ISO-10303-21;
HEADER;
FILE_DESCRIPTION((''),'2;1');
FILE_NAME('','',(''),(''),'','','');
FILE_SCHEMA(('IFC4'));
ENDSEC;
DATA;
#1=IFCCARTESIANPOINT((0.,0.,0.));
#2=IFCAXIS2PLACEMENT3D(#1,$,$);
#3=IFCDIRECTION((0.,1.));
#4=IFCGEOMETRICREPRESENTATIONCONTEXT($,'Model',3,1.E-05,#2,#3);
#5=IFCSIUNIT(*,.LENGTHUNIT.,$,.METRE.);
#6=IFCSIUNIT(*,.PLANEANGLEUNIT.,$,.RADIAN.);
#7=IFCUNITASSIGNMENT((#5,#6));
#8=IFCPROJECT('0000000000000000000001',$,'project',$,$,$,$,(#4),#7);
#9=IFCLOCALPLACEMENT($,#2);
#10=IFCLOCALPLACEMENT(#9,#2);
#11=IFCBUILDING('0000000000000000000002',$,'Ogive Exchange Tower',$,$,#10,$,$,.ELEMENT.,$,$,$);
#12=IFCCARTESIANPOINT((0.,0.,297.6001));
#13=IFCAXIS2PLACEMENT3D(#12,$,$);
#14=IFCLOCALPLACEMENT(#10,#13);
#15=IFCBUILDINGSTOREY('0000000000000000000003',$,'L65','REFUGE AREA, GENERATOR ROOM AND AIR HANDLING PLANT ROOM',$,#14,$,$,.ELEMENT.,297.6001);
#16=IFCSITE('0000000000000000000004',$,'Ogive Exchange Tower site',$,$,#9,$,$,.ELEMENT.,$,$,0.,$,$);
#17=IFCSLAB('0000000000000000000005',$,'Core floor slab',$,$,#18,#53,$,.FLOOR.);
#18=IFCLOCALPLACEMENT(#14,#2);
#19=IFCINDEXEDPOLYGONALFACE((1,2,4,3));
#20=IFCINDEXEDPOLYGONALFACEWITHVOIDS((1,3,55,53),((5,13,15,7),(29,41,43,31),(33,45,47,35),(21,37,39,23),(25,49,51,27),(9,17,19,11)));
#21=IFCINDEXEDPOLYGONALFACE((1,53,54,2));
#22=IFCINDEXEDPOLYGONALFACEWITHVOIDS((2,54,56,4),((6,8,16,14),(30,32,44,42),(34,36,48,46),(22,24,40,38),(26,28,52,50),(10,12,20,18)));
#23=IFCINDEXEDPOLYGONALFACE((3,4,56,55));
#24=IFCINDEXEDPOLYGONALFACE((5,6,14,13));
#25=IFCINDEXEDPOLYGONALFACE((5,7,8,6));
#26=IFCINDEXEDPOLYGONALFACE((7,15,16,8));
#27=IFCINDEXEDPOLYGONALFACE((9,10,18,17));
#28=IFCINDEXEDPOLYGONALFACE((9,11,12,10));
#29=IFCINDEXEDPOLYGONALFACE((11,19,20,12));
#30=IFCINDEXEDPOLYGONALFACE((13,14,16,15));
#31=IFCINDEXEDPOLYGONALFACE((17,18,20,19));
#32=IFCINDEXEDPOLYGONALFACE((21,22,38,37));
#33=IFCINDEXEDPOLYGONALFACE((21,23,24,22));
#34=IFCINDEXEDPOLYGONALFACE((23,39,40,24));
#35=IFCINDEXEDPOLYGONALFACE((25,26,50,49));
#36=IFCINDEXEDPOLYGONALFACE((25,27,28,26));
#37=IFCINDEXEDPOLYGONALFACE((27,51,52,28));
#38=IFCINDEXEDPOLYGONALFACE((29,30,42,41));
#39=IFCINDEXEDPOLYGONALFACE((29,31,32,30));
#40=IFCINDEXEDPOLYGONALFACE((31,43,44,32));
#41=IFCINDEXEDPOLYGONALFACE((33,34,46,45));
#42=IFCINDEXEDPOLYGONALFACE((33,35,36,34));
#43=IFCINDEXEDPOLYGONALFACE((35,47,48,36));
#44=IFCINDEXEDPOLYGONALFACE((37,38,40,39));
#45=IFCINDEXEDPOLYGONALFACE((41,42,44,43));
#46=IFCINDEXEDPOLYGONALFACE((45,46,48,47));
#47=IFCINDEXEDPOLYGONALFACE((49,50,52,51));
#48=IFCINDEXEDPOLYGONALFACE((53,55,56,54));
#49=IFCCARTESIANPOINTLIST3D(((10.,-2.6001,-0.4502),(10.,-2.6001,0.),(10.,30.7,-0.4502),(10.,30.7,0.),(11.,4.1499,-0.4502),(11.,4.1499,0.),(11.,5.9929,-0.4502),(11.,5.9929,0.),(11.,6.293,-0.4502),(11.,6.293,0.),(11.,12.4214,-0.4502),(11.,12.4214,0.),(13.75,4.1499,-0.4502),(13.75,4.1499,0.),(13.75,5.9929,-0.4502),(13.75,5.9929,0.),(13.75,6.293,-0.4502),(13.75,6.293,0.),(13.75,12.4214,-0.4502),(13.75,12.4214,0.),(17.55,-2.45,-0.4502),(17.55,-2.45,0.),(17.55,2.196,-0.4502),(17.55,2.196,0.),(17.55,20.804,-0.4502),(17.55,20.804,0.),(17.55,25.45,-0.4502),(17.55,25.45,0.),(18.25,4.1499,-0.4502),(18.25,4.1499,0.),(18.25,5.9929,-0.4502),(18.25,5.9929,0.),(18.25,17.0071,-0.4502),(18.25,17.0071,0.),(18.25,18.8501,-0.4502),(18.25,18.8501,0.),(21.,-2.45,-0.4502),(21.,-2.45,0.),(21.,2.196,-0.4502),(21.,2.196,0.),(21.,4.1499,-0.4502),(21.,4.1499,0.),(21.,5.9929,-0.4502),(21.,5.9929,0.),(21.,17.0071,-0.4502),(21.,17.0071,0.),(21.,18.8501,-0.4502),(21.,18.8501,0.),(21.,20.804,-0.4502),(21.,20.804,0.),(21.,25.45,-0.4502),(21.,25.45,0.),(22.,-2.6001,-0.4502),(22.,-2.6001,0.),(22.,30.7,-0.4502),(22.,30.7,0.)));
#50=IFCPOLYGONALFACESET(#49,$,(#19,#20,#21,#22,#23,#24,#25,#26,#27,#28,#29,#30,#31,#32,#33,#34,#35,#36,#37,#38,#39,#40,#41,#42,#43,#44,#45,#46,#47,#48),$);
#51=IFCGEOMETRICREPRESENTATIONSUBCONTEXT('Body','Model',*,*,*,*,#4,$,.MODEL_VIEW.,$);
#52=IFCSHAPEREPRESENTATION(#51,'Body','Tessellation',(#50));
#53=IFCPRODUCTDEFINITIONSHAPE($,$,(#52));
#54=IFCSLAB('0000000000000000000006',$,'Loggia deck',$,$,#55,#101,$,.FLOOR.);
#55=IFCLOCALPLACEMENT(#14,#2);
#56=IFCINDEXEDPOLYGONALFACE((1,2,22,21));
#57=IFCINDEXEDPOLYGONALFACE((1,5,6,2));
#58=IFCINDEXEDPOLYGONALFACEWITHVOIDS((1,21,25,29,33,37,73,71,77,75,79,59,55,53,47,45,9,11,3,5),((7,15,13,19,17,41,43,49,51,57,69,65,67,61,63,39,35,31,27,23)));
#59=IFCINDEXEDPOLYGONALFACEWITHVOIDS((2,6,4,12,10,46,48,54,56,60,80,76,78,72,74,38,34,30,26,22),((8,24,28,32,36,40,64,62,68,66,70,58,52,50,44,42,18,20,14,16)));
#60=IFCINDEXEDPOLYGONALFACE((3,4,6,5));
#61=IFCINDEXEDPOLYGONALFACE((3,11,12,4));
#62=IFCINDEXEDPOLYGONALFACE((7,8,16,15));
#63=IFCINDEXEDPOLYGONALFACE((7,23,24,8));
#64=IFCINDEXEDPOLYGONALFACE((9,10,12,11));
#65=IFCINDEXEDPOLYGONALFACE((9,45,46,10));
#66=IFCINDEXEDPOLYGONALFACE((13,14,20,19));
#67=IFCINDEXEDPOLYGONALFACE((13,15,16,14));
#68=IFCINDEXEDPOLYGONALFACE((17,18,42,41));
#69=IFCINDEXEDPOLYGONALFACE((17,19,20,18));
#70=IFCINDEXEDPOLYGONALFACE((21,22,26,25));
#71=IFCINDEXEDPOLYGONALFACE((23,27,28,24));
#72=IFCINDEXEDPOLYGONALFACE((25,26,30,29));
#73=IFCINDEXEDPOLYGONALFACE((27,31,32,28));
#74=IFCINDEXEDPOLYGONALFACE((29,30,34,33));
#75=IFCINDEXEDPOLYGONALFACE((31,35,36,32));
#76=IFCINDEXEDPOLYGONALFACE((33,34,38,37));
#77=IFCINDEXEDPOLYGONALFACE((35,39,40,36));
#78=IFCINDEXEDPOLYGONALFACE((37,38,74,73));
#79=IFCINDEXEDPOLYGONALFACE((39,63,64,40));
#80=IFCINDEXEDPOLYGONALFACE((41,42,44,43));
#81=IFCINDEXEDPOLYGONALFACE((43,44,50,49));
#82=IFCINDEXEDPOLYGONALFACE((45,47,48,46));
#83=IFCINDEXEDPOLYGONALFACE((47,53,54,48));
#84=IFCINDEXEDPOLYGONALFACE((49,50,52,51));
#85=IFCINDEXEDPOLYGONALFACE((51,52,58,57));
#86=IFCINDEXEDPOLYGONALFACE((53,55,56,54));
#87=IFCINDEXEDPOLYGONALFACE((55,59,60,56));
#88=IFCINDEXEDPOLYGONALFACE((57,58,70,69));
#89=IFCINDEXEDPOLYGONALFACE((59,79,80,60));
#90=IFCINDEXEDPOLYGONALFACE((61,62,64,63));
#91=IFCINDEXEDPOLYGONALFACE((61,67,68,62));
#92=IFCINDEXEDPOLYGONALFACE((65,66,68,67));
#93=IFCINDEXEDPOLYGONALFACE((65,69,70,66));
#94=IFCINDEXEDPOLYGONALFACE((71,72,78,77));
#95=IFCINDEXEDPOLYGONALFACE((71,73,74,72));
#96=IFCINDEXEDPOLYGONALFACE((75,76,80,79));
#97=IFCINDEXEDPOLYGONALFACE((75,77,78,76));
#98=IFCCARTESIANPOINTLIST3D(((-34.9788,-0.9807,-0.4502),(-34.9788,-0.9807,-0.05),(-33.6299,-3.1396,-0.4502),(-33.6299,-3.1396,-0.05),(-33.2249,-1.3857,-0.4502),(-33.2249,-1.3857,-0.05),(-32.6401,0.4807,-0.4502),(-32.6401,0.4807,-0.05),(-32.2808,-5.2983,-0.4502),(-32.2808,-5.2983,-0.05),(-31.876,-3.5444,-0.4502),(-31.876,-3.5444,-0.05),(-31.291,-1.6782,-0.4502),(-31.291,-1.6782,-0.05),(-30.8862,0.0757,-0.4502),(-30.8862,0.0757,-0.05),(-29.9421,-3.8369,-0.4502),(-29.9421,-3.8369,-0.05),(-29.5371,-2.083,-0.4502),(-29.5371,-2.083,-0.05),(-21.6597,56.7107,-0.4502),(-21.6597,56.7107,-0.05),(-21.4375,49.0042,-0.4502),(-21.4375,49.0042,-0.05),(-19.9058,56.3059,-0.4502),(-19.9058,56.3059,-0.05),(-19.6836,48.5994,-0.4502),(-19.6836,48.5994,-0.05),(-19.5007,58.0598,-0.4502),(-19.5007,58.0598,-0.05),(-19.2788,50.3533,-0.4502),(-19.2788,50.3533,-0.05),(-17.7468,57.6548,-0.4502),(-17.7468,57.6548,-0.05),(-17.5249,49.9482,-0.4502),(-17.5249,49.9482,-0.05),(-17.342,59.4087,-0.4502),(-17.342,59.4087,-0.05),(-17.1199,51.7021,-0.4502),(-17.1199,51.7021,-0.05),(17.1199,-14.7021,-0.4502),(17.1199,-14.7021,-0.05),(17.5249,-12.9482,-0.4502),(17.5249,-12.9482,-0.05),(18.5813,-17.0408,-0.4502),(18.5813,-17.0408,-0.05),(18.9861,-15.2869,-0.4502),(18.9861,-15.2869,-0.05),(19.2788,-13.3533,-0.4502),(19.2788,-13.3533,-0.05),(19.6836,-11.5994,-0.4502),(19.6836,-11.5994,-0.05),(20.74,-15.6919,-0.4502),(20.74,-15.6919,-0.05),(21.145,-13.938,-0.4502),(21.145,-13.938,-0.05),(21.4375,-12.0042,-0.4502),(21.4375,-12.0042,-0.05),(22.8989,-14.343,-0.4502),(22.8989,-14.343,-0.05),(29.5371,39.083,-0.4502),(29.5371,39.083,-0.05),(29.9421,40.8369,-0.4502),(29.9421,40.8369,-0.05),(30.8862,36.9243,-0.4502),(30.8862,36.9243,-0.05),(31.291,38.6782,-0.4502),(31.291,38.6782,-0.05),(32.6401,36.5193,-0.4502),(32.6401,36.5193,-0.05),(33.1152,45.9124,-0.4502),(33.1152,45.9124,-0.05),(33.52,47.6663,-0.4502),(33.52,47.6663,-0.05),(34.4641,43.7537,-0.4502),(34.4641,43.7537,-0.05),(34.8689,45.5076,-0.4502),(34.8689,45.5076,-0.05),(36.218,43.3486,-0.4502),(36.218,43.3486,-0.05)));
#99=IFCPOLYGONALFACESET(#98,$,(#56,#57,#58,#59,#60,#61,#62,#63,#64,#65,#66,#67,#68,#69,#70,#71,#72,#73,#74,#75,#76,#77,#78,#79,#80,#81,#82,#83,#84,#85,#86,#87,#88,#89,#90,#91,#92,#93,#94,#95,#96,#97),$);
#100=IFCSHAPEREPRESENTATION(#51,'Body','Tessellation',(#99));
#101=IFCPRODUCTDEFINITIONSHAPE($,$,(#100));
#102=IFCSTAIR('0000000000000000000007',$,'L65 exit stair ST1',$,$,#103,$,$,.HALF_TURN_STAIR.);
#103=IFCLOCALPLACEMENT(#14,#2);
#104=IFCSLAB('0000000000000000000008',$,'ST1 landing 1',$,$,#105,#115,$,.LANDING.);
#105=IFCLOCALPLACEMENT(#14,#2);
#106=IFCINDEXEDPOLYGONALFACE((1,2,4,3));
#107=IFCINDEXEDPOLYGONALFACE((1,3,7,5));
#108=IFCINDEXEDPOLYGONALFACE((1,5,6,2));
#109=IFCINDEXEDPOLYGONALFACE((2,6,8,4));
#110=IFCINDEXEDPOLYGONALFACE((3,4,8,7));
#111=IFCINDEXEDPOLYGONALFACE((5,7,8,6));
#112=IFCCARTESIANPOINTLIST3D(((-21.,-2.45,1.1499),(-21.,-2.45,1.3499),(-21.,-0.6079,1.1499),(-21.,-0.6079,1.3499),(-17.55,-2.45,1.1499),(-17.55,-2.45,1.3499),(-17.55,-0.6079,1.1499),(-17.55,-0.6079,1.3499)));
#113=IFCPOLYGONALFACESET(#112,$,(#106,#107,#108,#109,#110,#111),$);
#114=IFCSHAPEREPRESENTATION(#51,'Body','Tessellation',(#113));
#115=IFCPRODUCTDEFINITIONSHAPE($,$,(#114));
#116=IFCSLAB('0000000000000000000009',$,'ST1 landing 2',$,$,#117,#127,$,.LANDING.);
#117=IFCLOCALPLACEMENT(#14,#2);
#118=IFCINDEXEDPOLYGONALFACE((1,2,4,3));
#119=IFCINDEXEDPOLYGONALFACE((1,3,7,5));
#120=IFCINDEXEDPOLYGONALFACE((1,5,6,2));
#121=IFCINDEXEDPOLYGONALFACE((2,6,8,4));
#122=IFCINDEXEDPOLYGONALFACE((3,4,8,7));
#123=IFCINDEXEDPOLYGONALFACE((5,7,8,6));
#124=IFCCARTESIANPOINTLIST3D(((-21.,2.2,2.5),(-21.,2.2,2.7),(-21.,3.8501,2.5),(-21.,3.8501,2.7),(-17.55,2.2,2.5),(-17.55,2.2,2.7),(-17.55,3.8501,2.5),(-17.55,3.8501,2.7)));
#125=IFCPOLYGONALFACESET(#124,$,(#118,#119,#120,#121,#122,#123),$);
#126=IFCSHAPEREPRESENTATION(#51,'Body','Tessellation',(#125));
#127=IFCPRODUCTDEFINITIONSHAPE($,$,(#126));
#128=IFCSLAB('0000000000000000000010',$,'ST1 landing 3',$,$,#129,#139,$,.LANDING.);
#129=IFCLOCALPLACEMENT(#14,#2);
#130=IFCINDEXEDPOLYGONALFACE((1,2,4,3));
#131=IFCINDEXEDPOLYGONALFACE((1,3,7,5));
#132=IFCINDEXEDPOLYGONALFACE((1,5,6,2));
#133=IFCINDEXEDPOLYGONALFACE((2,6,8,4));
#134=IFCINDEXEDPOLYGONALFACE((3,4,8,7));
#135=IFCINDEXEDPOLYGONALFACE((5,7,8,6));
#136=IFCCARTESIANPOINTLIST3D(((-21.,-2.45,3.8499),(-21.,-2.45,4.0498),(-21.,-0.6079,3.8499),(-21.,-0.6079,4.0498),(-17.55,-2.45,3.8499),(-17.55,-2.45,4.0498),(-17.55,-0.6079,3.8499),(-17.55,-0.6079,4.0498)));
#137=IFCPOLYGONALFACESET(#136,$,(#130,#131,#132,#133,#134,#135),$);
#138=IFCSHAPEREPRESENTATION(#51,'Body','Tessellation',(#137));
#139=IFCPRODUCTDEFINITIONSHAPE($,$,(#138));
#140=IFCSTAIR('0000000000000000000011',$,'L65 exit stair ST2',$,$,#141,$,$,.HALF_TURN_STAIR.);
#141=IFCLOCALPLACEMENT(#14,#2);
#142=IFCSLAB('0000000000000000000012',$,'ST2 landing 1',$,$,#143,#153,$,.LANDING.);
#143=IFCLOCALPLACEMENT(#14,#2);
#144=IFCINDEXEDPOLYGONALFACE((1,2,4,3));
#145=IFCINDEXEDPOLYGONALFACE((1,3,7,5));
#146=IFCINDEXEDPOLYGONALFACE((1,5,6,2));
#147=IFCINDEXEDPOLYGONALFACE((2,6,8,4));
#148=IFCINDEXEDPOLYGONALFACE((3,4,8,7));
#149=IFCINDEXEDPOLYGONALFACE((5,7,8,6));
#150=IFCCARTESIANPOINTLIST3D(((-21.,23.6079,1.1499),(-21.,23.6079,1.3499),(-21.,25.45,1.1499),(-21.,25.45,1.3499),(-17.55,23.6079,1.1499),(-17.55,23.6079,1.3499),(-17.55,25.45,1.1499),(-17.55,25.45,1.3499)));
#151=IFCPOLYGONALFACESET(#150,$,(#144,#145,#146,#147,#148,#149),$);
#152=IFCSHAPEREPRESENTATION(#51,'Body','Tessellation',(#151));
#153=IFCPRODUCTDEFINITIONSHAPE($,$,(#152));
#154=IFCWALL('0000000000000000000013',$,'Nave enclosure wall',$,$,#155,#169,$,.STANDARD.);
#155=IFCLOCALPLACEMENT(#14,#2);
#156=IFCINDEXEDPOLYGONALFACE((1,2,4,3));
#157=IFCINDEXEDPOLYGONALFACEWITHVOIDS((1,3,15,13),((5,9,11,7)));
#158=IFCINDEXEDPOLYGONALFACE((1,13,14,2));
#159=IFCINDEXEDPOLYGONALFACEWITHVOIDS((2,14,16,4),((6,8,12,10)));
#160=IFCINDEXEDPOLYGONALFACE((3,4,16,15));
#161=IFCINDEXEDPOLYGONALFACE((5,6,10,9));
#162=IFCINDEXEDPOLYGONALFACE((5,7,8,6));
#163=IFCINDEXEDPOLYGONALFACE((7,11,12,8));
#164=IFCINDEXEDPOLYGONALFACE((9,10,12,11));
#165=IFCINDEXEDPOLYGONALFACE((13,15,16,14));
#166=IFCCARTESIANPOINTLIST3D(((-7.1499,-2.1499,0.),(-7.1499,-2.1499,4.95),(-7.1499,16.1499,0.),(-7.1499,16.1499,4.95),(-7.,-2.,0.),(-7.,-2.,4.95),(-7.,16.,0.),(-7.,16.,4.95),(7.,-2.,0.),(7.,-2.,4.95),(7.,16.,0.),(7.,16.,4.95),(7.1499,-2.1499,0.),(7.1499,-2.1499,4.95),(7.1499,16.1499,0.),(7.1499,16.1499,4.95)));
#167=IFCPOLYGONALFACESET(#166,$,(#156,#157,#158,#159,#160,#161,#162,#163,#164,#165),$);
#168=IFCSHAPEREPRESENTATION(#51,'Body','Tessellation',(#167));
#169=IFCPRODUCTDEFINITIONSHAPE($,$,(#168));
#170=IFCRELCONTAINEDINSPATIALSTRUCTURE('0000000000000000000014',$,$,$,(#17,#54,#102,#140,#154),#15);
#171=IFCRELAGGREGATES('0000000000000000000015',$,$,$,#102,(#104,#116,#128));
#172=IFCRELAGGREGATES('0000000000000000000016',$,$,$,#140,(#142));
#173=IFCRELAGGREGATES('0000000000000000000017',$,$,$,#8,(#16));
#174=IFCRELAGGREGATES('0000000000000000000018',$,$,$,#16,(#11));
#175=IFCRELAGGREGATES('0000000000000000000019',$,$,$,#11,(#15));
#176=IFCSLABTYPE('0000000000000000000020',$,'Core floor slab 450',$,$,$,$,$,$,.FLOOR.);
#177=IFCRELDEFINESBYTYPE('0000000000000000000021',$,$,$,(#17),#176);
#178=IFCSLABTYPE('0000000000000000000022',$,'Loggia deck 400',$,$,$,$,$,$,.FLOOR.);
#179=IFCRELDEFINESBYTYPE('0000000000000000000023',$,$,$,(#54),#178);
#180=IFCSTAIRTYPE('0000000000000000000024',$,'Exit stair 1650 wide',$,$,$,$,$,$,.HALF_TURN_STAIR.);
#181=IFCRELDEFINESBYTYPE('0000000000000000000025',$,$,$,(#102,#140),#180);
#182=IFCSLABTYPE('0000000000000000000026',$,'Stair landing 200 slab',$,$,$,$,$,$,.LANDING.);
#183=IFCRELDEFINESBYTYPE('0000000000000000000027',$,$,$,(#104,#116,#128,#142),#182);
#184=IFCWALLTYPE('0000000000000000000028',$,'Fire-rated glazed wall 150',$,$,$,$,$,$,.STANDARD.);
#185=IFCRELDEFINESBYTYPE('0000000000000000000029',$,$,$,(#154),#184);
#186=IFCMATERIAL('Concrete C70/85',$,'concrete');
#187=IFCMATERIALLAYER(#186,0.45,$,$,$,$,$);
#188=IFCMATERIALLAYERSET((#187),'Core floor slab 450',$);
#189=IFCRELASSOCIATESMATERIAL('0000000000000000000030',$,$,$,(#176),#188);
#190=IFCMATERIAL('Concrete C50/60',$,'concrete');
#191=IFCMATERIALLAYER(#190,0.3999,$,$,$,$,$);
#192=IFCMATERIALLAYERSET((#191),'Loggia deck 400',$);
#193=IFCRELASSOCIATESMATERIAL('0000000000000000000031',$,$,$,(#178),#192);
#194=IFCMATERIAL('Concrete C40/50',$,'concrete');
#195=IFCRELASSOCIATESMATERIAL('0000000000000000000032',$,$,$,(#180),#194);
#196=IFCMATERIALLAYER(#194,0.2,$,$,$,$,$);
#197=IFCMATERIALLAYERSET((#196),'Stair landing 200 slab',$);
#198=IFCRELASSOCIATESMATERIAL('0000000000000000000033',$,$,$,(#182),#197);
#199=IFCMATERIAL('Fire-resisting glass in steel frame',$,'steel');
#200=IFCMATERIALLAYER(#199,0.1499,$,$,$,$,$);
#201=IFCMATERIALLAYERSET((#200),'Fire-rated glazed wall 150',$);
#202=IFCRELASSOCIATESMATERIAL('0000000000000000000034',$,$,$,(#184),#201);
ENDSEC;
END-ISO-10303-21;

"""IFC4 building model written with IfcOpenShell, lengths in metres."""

from ifc_helpers import new_model, si_unit, direction, frame, origin, place, context, subcontext, project, spatial, polyline, outline, extrude, material, layer, layer_set, type_object, element, aggregate, save


model = new_model("IFC4")

# Units and contexts
model_context = context("Model", 3, precision=1e-05, world=origin(), true_north=direction((0.0, 1.0)))
body_context = subcontext(model_context, "Body", "Model", "MODEL_VIEW")
ifc_project = project(units=[si_unit("LENGTHUNIT", "METRE"), si_unit("PLANEANGLEUNIT", "RADIAN")], contexts=[model_context])

# Site, building, storey
site_placement = place(None, origin())
site = spatial("IfcSite", under=ifc_project, at=site_placement, Name="Ogive Exchange Tower site", CompositionType="ELEMENT", RefElevation=0.0)
building_placement = place(site_placement, origin())
building = spatial("IfcBuilding", under=site, at=building_placement, Name="Ogive Exchange Tower", CompositionType="ELEMENT")
storey_placement = place(building_placement, frame((0.0, 0.0, 297.6001)))
storey = spatial("IfcBuildingStorey", under=building, at=storey_placement, Name="L65", Description="REFUGE AREA, GENERATOR ROOM AND AIR HANDLING PLANT ROOM", CompositionType="ELEMENT", Elevation=297.6001)

# Slabs
ifc_material_1 = material(Name="Concrete C50/60", Category="concrete")
ifc_material_2 = material(Name="Concrete C70/85", Category="concrete")
ifc_layer_1 = layer(ifc_material_2, 0.45)
ifc_layer_set_1 = layer_set([ifc_layer_1], Name="Core floor slab 450")
slab_type_1 = type_object("IfcSlabType", Name="Core floor slab 450", PredefinedType="FLOOR", material=ifc_layer_set_1)
slab_1_placement = place(storey_placement, frame((0.0, 0.0, -0.4502)))
element("IfcSlab", 1, at=slab_1_placement, inside=storey, type_object=slab_type_1, Name="Core floor slab", PredefinedType="FLOOR", context=body_context, shape_type="SweptSolid", body=[
    extrude(outline(polyline([(10.0, -2.6001), (10.0, 30.7), (22.0, 30.7), (22.0, -2.6001), (10.0, -2.6001)]), holes=[polyline([(21.0, 2.196), (17.55, 2.196), (17.55, -2.45), (21.0, -2.45), (21.0, 2.196)]), polyline([(13.75, 5.9929), (11.0, 5.9929), (11.0, 4.1499), (13.75, 4.1499), (13.75, 5.9929)]), polyline([(21.0, 5.9929), (18.25, 5.9929), (18.25, 4.1499), (21.0, 4.1499), (21.0, 5.9929)]), polyline([(11.0, 12.4214), (11.0, 6.293), (13.75, 6.293), (13.75, 12.4214), (11.0, 12.4214)]), polyline([(21.0, 18.8501), (18.25, 18.8501), (18.25, 17.0071), (21.0, 17.0071), (21.0, 18.8501)]), polyline([(17.55, 25.45), (17.55, 20.804), (21.0, 20.804), (21.0, 25.45), (17.55, 25.45)])]), origin(), (0.0, 0.0, 1.0), 0.4502),
])
ifc_layer_2 = layer(ifc_material_1, 0.3999)
ifc_layer_set_2 = layer_set([ifc_layer_2], Name="Loggia deck 400")
slab_type_2 = type_object("IfcSlabType", Name="Loggia deck 400", PredefinedType="FLOOR", material=ifc_layer_set_2)
slab_2_placement = place(storey_placement, frame((0.0, 0.0, -0.4502)))
element("IfcSlab", 2, at=slab_2_placement, inside=storey, type_object=slab_type_2, Name="Loggia deck", PredefinedType="FLOOR", context=body_context, shape_type="SweptSolid", body=[
    extrude(outline(polyline([(-31.876, -3.5444), (-33.6299, -3.1396), (-33.2249, -1.3857), (-34.9788, -0.9807), (-21.6597, 56.7107), (-19.9058, 56.3059), (-19.5007, 58.0598), (-17.7468, 57.6548), (-17.342, 59.4087), (33.52, 47.6663), (33.1152, 45.9124), (34.8689, 45.5076), (34.4641, 43.7537), (36.218, 43.3486), (22.8989, -14.343), (21.145, -13.938), (20.74, -15.6919), (18.9861, -15.2869), (18.5813, -17.0408), (-32.2808, -5.2983), (-31.876, -3.5444)]), holes=[polyline([(17.5249, -12.9482), (19.2788, -13.3533), (19.6836, -11.5994), (21.4375, -12.0042), (32.6401, 36.5193), (30.8862, 36.9243), (31.291, 38.6782), (29.5371, 39.083), (29.9421, 40.8369), (-17.1199, 51.7021), (-17.5249, 49.9482), (-19.2788, 50.3533), (-19.6836, 48.5994), (-21.4375, 49.0042), (-32.6401, 0.4807), (-30.8862, 0.0757), (-31.291, -1.6782), (-29.5371, -2.083), (-29.9421, -3.8369), (17.1199, -14.7021), (17.5249, -12.9482)])]), origin(), (0.0, 0.0, 1.0), 0.4001),
])

# Stair, slabs
ifc_material_3 = material(Name="Concrete C40/50", Category="concrete")
stair_type = type_object("IfcStairType", Name="Exit stair 1650 wide", PredefinedType="HALF_TURN_STAIR", material=ifc_material_3)
stair_1_placement = place(storey_placement, origin())
stair_1 = element("IfcStair", 3, at=stair_1_placement, inside=storey, type_object=stair_type, Name="L65 exit stair ST1", PredefinedType="HALF_TURN_STAIR")
ifc_layer_3 = layer(ifc_material_3, 0.2)
ifc_layer_set_3 = layer_set([ifc_layer_3], Name="Stair landing 200 slab")
slab_type_3 = type_object("IfcSlabType", Name="Stair landing 200 slab", PredefinedType="LANDING", material=ifc_layer_set_3)
slab_3_placement = place(storey_placement, frame((0.0, 0.0, 1.1499)))
slab_3 = element("IfcSlab", 4, at=slab_3_placement, type_object=slab_type_3, Name="ST1 landing 1", PredefinedType="LANDING", context=body_context, shape_type="SweptSolid", body=[
    extrude(outline(polyline([(-21.0, -0.6079), (-21.0, -2.45), (-17.55, -2.45), (-17.55, -0.6079), (-21.0, -0.6079)])), origin(), (0.0, 0.0, 1.0), 0.2),
])
slab_4_placement = place(storey_placement, frame((0.0, 0.0, 2.5)))
slab_4 = element("IfcSlab", 5, at=slab_4_placement, type_object=slab_type_3, Name="ST1 landing 2", PredefinedType="LANDING", context=body_context, shape_type="SweptSolid", body=[
    extrude(outline(polyline([(-21.0, 3.8501), (-21.0, 2.2), (-17.55, 2.2), (-17.55, 3.8501), (-21.0, 3.8501)])), origin(), (0.0, 0.0, 1.0), 0.2),
])
slab_5_placement = place(storey_placement, frame((0.0, 0.0, 3.8499)))
slab_5 = element("IfcSlab", 6, at=slab_5_placement, type_object=slab_type_3, Name="ST1 landing 3", PredefinedType="LANDING", context=body_context, shape_type="SweptSolid", body=[
    extrude(outline(polyline([(-21.0, -0.6079), (-21.0, -2.45), (-17.55, -2.45), (-17.55, -0.6079), (-21.0, -0.6079)])), origin(), (0.0, 0.0, 1.0), 0.2),
])
aggregate(stair_1, [slab_3, slab_4, slab_5])

# Stair, slab
stair_2_placement = place(storey_placement, origin())
stair_2 = element("IfcStair", 7, at=stair_2_placement, inside=storey, type_object=stair_type, Name="L65 exit stair ST2", PredefinedType="HALF_TURN_STAIR")
slab_6_placement = place(storey_placement, frame((0.0, 0.0, 1.1499)))
slab_6 = element("IfcSlab", 8, at=slab_6_placement, type_object=slab_type_3, Name="ST2 landing 1", PredefinedType="LANDING", context=body_context, shape_type="SweptSolid", body=[
    extrude(outline(polyline([(-17.55, 23.6079), (-17.55, 25.45), (-21.0, 25.45), (-21.0, 23.6079), (-17.55, 23.6079)])), origin(), (0.0, 0.0, 1.0), 0.2),
])
aggregate(stair_2, [slab_6])

# Wall
ifc_material_4 = material(Name="Fire-resisting glass in steel frame", Category="steel")
ifc_layer_4 = layer(ifc_material_4, 0.1499)
ifc_layer_set_4 = layer_set([ifc_layer_4], Name="Fire-rated glazed wall 150")
wall_type_1 = type_object("IfcWallType", Name="Fire-rated glazed wall 150", PredefinedType="STANDARD", material=ifc_layer_set_4)
wall_1_placement = place(storey_placement, origin())
element("IfcWall", 9, at=wall_1_placement, inside=storey, type_object=wall_type_1, Name="Nave enclosure wall", PredefinedType="STANDARD", context=body_context, shape_type="SweptSolid", body=[
    extrude(outline(polyline([(-7.1499, -2.1499), (7.1499, -2.1499), (7.1499, 16.1499), (-7.1499, 16.1499), (-7.1499, -2.1499)]), holes=[polyline([(-7.0, -2.0), (-7.0, 16.0), (7.0, 16.0), (7.0, -2.0), (-7.0, -2.0)])]), origin(), (0.0, 0.0, 1.0), 4.95),
])

save(model, "model.ifc")
